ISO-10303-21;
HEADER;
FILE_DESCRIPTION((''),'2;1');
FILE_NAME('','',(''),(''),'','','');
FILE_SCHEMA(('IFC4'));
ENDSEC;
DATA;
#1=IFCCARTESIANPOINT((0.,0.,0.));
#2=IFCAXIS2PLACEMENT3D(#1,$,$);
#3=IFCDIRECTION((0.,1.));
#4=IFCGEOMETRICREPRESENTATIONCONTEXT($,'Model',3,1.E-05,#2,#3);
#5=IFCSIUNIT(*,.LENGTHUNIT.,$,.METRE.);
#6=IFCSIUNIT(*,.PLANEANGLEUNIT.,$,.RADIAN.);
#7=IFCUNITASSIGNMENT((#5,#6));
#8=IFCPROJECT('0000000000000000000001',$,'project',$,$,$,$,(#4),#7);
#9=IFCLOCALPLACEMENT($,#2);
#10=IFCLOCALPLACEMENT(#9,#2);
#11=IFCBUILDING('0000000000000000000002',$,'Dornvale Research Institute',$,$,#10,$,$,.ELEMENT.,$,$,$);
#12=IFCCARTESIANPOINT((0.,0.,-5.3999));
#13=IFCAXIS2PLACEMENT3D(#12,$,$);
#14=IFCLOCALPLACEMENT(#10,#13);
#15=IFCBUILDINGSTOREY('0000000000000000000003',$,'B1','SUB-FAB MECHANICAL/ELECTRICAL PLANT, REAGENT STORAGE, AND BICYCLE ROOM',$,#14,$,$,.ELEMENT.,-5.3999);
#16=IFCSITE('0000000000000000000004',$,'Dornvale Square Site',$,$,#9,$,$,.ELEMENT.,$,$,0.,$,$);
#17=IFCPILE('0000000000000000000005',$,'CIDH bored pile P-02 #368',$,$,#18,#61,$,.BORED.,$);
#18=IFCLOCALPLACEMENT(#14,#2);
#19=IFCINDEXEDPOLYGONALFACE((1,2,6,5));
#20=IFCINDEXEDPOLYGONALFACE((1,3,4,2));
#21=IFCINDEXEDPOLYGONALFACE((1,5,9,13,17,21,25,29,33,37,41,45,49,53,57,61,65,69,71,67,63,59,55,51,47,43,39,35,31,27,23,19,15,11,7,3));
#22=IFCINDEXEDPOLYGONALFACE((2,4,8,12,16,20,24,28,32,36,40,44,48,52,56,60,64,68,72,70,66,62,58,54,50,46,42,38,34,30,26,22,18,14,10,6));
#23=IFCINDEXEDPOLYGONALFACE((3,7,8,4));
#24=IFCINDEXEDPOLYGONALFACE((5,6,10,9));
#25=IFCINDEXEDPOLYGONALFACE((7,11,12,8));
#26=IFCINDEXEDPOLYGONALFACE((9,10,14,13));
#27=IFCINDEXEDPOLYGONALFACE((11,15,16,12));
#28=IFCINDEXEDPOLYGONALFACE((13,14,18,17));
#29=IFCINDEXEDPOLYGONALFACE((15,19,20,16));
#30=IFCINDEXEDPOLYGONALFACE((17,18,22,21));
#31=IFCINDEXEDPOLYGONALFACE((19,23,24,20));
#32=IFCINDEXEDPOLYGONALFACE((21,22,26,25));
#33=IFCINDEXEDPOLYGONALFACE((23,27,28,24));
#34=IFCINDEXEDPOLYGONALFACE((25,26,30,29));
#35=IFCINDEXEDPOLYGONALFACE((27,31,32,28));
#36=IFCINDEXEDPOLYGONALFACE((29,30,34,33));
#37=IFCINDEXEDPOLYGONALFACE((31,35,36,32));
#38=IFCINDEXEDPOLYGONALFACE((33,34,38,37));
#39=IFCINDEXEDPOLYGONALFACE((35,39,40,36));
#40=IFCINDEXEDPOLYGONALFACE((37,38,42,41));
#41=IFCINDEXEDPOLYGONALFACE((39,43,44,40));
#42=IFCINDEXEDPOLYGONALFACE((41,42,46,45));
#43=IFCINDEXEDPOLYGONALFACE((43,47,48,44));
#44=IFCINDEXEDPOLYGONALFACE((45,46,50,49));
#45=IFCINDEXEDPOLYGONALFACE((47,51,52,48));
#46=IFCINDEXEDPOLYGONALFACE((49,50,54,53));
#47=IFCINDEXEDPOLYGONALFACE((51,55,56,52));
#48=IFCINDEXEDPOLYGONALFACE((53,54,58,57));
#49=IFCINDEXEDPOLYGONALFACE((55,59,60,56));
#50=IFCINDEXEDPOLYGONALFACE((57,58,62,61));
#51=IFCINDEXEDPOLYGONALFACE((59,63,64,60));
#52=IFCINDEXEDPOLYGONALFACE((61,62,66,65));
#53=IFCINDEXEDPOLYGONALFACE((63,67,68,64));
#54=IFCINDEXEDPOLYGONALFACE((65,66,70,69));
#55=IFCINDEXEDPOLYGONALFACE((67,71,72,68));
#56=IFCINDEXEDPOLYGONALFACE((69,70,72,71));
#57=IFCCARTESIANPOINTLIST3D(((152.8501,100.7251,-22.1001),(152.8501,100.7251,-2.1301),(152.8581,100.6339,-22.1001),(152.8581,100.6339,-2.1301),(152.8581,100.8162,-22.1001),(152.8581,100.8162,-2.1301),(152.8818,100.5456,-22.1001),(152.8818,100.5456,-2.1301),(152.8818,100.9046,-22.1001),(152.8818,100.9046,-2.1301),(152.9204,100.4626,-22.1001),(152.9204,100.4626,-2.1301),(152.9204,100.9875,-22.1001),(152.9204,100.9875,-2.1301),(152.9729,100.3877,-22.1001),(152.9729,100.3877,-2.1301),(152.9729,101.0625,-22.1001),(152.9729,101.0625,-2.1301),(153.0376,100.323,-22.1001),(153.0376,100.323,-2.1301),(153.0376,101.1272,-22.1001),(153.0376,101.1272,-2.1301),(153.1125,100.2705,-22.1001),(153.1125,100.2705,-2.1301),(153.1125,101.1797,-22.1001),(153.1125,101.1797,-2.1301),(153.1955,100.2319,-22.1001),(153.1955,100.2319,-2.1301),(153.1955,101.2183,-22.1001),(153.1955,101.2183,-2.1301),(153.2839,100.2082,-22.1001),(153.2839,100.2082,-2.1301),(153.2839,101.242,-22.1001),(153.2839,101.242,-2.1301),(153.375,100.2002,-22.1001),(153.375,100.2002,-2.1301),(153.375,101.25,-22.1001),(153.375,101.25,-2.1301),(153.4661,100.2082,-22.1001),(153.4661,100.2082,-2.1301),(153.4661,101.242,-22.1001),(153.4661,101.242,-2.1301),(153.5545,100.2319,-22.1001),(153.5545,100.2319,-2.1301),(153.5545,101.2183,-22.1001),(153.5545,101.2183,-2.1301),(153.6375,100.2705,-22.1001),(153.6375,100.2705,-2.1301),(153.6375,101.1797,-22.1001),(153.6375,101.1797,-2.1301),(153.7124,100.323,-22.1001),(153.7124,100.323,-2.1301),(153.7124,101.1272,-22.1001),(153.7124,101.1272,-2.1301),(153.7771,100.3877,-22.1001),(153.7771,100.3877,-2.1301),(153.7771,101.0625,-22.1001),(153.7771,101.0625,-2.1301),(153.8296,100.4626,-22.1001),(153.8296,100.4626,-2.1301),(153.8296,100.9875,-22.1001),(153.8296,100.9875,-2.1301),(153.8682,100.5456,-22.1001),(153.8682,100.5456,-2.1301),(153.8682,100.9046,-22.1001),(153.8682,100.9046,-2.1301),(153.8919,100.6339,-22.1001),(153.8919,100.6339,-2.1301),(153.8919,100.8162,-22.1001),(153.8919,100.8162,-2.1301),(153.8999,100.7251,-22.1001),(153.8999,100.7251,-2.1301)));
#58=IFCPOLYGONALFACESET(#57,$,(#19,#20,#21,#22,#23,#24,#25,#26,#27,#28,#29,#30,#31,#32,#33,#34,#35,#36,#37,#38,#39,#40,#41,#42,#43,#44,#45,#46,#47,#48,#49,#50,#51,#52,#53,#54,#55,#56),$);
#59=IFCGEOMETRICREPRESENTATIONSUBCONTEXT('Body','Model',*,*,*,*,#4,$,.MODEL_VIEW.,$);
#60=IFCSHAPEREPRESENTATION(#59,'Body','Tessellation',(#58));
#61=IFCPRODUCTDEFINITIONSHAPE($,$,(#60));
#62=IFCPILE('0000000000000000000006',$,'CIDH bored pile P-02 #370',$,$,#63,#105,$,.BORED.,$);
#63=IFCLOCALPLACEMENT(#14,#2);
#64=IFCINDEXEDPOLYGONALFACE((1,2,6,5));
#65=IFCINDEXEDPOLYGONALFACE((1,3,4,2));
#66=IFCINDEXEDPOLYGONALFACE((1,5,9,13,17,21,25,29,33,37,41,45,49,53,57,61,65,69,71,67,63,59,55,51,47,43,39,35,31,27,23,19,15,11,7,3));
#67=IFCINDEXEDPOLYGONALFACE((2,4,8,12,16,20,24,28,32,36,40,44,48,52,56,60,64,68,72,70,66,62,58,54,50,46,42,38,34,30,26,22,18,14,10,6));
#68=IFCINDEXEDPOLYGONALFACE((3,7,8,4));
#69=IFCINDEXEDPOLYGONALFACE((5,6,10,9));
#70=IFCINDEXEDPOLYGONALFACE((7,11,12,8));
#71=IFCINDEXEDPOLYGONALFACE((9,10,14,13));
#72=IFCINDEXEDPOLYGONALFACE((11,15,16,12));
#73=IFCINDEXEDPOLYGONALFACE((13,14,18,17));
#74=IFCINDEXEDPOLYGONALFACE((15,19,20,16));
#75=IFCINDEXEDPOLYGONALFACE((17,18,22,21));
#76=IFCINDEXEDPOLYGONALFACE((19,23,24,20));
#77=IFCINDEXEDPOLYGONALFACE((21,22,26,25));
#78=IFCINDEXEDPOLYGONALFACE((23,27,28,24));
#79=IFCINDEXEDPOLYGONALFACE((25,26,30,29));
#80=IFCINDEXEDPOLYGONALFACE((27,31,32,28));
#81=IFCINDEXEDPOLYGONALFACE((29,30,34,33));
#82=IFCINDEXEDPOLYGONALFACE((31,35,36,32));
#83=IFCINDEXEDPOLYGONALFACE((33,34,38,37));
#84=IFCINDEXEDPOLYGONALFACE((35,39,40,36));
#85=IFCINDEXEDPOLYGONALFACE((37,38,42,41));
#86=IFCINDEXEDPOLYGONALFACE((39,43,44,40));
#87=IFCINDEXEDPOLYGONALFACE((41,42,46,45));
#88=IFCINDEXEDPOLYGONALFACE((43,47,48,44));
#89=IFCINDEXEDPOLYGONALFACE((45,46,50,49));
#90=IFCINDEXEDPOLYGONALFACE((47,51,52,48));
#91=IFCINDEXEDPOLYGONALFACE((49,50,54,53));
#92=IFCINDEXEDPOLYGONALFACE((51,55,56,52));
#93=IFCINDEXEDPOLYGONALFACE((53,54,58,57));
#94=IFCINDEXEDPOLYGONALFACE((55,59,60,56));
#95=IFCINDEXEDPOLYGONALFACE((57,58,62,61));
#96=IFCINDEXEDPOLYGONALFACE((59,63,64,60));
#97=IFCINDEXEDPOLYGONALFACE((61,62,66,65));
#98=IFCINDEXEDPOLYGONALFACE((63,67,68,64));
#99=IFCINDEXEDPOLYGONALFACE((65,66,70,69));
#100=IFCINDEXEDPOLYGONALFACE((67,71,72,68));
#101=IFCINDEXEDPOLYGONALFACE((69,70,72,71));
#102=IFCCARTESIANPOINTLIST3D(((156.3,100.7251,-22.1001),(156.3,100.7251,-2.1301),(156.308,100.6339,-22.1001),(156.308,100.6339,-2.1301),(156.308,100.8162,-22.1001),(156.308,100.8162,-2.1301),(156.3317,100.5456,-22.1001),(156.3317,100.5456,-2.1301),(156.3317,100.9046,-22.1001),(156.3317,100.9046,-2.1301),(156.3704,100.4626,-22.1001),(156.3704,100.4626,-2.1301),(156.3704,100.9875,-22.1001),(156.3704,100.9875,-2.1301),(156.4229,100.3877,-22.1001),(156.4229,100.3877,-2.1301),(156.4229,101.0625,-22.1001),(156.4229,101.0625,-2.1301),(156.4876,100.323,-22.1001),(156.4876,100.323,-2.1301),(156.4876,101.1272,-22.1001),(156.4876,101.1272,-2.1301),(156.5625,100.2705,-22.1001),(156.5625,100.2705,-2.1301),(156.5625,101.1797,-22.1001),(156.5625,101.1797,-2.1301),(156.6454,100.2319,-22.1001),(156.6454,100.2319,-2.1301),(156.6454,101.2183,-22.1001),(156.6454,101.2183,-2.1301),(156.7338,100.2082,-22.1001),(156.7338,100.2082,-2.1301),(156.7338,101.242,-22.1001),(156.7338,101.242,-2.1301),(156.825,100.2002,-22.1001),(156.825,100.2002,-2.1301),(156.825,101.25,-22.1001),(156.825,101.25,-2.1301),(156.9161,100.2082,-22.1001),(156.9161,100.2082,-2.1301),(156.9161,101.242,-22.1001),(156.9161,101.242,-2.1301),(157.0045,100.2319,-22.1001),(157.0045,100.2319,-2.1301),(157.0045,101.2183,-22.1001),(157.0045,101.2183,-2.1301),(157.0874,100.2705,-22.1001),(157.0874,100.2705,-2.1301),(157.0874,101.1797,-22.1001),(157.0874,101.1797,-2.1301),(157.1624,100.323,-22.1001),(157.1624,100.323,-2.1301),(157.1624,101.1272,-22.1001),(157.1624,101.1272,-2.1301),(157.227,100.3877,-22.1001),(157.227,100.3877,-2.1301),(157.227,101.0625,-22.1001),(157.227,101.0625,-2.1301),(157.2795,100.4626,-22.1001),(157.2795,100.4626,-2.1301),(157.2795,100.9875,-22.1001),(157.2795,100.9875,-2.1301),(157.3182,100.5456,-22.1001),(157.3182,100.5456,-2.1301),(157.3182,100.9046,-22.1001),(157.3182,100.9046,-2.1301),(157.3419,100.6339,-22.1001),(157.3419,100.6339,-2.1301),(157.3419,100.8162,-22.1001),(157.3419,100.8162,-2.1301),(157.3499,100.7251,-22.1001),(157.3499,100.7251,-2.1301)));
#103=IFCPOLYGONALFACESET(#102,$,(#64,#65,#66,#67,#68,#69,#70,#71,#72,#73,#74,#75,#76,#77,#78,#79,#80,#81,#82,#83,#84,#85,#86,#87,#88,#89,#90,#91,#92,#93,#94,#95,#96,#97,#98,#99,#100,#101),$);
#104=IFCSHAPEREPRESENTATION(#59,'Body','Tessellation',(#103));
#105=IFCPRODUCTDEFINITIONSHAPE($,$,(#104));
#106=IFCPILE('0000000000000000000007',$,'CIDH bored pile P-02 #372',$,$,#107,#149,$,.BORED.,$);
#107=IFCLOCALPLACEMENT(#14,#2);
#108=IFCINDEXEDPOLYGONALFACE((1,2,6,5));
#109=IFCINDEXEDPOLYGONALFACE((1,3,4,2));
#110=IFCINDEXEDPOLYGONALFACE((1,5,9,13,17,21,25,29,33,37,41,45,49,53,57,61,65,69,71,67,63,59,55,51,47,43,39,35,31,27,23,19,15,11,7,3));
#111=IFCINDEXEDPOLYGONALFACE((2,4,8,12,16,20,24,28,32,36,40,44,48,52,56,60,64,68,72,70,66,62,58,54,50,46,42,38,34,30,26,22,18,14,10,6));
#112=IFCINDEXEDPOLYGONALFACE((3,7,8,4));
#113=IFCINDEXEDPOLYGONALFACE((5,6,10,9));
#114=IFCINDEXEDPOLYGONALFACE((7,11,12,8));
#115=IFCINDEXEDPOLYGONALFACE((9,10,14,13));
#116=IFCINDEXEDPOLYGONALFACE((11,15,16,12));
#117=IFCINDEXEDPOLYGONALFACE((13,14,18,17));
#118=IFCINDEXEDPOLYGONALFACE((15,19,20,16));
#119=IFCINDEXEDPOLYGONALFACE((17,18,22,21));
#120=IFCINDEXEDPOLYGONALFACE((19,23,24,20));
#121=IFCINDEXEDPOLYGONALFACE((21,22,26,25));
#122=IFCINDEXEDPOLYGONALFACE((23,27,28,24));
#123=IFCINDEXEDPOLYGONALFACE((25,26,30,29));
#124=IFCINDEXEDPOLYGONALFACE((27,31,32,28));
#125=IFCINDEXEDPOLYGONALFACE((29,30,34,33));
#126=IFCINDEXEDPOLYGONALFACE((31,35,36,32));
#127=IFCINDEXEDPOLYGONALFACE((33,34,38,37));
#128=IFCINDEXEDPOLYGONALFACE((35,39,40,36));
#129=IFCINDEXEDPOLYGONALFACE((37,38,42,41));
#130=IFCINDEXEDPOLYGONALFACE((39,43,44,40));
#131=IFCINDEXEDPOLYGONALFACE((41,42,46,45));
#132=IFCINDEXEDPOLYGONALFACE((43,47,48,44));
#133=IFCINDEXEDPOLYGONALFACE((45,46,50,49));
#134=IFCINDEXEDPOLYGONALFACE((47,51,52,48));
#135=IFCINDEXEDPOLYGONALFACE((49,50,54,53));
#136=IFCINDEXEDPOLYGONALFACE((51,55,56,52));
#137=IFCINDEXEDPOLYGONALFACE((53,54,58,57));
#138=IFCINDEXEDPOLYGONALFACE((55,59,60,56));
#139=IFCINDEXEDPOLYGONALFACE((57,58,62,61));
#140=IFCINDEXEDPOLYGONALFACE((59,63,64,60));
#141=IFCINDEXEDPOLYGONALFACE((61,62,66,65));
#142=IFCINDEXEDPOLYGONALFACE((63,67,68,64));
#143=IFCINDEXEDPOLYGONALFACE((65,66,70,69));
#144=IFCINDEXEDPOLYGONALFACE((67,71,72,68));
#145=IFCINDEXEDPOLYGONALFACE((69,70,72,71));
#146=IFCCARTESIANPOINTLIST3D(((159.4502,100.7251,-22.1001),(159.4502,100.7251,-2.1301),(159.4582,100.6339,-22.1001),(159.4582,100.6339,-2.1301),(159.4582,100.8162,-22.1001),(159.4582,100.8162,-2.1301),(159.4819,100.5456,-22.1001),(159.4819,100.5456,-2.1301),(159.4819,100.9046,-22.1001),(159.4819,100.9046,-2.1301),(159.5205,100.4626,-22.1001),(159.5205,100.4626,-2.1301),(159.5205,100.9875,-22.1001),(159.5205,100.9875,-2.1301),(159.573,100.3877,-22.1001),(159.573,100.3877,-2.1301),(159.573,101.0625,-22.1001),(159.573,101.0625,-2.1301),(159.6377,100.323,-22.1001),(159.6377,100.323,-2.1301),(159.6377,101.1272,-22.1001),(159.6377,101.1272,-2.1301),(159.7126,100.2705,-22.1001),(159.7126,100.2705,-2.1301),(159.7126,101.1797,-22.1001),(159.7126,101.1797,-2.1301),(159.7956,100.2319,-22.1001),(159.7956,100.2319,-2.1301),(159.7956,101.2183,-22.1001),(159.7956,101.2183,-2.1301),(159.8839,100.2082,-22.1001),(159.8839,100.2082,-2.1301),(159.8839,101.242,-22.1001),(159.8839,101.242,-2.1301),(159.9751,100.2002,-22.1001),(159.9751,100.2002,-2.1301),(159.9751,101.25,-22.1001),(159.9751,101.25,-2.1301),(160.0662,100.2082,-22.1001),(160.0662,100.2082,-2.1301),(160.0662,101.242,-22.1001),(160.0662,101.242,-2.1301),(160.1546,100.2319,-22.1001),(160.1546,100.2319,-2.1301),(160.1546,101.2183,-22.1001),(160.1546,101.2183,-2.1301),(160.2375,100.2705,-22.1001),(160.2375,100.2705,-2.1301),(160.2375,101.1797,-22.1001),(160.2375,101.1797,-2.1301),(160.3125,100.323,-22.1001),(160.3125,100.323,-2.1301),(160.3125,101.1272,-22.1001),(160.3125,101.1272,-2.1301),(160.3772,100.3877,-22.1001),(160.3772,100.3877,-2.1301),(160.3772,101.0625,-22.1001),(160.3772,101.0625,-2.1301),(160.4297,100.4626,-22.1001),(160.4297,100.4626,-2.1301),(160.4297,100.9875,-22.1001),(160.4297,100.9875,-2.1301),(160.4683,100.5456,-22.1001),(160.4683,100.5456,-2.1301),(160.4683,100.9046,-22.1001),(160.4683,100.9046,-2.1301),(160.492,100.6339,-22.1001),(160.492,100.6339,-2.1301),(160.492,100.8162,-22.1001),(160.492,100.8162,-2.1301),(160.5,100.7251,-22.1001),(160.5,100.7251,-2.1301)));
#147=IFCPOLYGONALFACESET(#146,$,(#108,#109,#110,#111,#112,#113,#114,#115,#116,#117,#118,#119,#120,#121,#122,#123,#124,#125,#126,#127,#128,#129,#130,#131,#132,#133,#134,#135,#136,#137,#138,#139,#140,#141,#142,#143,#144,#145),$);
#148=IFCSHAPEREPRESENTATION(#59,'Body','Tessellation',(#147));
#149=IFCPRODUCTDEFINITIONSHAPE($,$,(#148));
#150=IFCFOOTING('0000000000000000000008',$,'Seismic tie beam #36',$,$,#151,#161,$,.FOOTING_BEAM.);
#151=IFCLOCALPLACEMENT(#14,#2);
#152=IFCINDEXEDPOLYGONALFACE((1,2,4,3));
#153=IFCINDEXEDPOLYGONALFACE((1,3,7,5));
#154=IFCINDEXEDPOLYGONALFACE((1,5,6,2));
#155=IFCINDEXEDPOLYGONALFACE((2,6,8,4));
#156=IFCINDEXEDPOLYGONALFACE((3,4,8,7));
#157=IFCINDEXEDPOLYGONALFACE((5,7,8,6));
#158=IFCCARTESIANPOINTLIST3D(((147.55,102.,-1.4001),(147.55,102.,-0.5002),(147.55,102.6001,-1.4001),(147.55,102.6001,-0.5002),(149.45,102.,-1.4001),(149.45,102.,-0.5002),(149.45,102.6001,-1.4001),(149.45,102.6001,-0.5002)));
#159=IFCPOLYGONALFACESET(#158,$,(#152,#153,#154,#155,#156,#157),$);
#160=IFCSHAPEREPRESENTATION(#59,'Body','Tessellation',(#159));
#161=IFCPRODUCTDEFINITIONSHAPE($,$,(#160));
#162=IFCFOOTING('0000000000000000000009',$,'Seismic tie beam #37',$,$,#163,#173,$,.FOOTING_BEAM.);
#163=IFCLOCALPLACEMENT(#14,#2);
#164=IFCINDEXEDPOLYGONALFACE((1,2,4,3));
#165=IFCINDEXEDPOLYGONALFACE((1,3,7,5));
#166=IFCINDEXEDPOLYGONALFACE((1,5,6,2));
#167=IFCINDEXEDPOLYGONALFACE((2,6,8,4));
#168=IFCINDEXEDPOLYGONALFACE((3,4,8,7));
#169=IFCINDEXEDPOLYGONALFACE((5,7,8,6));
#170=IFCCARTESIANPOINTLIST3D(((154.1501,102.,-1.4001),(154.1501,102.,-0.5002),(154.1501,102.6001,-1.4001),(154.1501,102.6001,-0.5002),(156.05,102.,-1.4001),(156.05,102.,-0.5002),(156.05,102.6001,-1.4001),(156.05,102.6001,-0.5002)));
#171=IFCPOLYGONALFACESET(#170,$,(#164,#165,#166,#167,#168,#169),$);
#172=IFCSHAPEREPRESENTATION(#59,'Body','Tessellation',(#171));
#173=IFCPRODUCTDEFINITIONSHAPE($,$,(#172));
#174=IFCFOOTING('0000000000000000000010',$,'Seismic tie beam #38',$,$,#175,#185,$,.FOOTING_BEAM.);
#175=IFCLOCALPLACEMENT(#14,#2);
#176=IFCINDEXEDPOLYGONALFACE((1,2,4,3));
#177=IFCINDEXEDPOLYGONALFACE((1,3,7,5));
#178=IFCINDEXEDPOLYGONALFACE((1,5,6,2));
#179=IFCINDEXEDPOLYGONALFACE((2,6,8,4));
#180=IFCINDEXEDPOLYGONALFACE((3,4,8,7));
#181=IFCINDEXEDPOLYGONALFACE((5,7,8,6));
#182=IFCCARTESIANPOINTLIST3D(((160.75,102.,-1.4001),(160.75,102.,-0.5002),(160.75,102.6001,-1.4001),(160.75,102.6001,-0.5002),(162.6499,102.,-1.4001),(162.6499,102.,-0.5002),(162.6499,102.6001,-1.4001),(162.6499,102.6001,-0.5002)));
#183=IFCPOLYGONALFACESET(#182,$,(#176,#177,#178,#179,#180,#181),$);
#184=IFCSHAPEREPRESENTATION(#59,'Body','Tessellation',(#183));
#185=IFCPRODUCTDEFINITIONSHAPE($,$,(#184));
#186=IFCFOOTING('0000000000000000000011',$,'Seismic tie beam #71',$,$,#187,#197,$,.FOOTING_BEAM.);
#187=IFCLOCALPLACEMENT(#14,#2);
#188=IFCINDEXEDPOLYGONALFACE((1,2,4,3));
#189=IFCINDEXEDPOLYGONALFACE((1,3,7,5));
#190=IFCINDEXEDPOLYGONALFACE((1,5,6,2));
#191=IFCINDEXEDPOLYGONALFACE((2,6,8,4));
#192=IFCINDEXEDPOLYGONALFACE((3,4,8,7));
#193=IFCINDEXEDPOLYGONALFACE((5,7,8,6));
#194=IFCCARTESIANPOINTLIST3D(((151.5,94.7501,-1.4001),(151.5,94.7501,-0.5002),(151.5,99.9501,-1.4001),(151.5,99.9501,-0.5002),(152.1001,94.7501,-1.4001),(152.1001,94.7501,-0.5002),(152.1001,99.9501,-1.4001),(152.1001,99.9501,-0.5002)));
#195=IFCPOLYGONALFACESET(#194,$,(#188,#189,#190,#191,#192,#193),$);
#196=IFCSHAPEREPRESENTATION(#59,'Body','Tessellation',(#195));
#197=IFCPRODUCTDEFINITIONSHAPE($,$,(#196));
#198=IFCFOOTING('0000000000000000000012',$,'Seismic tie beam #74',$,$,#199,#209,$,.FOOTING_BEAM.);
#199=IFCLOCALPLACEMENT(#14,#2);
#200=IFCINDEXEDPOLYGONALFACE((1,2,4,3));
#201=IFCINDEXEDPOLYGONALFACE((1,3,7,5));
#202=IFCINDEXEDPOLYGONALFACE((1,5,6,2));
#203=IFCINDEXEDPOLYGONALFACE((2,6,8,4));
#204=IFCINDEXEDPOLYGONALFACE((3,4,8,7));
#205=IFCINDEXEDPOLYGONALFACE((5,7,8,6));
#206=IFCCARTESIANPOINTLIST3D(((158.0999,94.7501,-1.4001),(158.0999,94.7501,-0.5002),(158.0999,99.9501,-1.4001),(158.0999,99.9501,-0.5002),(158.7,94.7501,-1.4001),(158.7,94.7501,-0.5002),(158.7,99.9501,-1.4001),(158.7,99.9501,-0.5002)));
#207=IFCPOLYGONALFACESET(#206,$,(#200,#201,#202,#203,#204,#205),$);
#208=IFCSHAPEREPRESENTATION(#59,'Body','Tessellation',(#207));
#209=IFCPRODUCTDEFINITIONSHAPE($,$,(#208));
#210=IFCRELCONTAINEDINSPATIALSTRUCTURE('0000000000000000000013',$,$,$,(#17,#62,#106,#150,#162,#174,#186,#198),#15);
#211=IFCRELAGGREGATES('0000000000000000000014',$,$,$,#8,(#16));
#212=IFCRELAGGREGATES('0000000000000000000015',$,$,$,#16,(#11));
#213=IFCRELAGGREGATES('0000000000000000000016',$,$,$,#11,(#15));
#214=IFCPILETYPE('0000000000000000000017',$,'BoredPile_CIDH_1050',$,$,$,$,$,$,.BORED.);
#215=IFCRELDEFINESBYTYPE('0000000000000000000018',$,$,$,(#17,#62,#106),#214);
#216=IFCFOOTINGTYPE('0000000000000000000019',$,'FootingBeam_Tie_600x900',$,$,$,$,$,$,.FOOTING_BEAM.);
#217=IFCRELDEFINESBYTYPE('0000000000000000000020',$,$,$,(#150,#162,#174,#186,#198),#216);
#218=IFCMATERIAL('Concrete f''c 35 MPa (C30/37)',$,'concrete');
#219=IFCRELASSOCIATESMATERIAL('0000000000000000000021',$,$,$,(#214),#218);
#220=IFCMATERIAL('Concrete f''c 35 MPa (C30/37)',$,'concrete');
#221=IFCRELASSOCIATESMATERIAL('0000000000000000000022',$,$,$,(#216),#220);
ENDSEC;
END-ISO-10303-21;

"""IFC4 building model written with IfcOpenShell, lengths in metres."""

from ifc_helpers import new_model, si_unit, direction, frame, origin, origin_2d, place, context, subcontext, project, spatial, rectangle, circle, extrude, material, material_profile, profile_set, type_object, element, save


model = new_model("IFC4")

# Units and contexts
model_context = context("Model", 3, precision=1e-05, world=origin(), true_north=direction((0.0, 1.0)))
body_context = subcontext(model_context, "Body", "Model", "MODEL_VIEW")
ifc_project = project(units=[si_unit("LENGTHUNIT", "METRE"), si_unit("PLANEANGLEUNIT", "RADIAN")], contexts=[model_context])

# Site, building, storey
site_placement = place(None, origin())
site = spatial("IfcSite", under=ifc_project, at=site_placement, Name="Dornvale Square Site", CompositionType="ELEMENT", RefElevation=0.0)
building_placement = place(site_placement, origin())
building = spatial("IfcBuilding", under=site, at=building_placement, Name="Dornvale Research Institute", CompositionType="ELEMENT")
storey_placement = place(building_placement, frame((0.0, 0.0, -5.3999)))
storey = spatial("IfcBuildingStorey", under=building, at=storey_placement, Name="B1", Description="SUB-FAB MECHANICAL/ELECTRICAL PLANT, REAGENT STORAGE, AND BICYCLE ROOM", CompositionType="ELEMENT", Elevation=-5.3999)

# Piles
ifc_material_1 = material(Name="Concrete f'c 35 MPa (C30/37)", Category="concrete")
ifc_material_profile_1 = material_profile(ifc_material_1, circle(Radius=0.5249, at=origin_2d()), Name="CIDH PILE D1050")
ifc_profile_set_1 = profile_set([ifc_material_profile_1], Name="Concrete f'c 35 MPa (C30/37)")
pile_type = type_object("IfcPileType", Name="BoredPile_CIDH_1050", PredefinedType="BORED", material=ifc_profile_set_1)
for number, where, z_axis, x_axis, name in (
    (1, (153.375, 100.7251, -2.1301), (0.0, 0.0, -1.0), (1.0, 0.0, 0.0), "CIDH bored pile P-02 #368"),
    (2, (156.825, 100.7251, -2.1301), (0.0, 0.0, -1.0), (1.0, 0.0, 0.0), "CIDH bored pile P-02 #370"),
    (3, (159.9751, 100.7251, -2.1301), (0.0, 0.0, -1.0), (1.0, 0.0, 0.0), "CIDH bored pile P-02 #372"),
):
    element("IfcPile", number, at=place(storey_placement, frame(where, z_axis=z_axis, x_axis=x_axis)), inside=storey, type_object=pile_type, Name=name, PredefinedType="BORED", context=body_context, shape_type="SweptSolid", body=[
        extrude(circle(Radius=0.5249, at=origin_2d()), origin(), (0.0, 0.0, 1.0), 19.97),
    ])

# Footings
ifc_material_2 = material(Name="Concrete f'c 35 MPa (C30/37)", Category="concrete")
footing_type_1 = type_object("IfcFootingType", Name="FootingBeam_Tie_600x900", PredefinedType="FOOTING_BEAM", material=ifc_material_2)
for number, where, z_axis, x_axis, name in (
    (4, (148.5, 102.3, -1.4001), (0.0, 0.0, 1.0), (1.0, 0.0, 0.0), "Seismic tie beam #36"),
    (5, (155.1001, 102.3, -1.4001), (0.0, 0.0, 1.0), (1.0, 0.0, 0.0), "Seismic tie beam #37"),
    (6, (161.7, 102.3, -1.4001), (0.0, 0.0, 1.0), (1.0, 0.0, 0.0), "Seismic tie beam #38"),
):
    element("IfcFooting", number, at=place(storey_placement, frame(where, z_axis=z_axis, x_axis=x_axis)), inside=storey, type_object=footing_type_1, Name=name, PredefinedType="FOOTING_BEAM", context=body_context, shape_type="SweptSolid", body=[
        extrude(rectangle(XDim=1.8999, YDim=0.6001, at=origin_2d()), origin(), (0.0, 0.0, 1.0), 0.8999),
    ])
for number, where, z_axis, x_axis, name in (
    (7, (151.8, 97.3501, -1.4001), (0.0, 0.0, 1.0), (0.0, 1.0, 0.0), "Seismic tie beam #71"),
    (8, (158.3999, 97.3501, -1.4001), (0.0, 0.0, 1.0), (0.0, 1.0, 0.0), "Seismic tie beam #74"),
):
    element("IfcFooting", number, at=place(storey_placement, frame(where, z_axis=z_axis, x_axis=x_axis)), inside=storey, type_object=footing_type_1, Name=name, PredefinedType="FOOTING_BEAM", context=body_context, shape_type="SweptSolid", body=[
        extrude(rectangle(XDim=5.2, YDim=0.6001, at=origin_2d()), origin(), (0.0, 0.0, 1.0), 0.8999),
    ])

save(model, "model.ifc")
